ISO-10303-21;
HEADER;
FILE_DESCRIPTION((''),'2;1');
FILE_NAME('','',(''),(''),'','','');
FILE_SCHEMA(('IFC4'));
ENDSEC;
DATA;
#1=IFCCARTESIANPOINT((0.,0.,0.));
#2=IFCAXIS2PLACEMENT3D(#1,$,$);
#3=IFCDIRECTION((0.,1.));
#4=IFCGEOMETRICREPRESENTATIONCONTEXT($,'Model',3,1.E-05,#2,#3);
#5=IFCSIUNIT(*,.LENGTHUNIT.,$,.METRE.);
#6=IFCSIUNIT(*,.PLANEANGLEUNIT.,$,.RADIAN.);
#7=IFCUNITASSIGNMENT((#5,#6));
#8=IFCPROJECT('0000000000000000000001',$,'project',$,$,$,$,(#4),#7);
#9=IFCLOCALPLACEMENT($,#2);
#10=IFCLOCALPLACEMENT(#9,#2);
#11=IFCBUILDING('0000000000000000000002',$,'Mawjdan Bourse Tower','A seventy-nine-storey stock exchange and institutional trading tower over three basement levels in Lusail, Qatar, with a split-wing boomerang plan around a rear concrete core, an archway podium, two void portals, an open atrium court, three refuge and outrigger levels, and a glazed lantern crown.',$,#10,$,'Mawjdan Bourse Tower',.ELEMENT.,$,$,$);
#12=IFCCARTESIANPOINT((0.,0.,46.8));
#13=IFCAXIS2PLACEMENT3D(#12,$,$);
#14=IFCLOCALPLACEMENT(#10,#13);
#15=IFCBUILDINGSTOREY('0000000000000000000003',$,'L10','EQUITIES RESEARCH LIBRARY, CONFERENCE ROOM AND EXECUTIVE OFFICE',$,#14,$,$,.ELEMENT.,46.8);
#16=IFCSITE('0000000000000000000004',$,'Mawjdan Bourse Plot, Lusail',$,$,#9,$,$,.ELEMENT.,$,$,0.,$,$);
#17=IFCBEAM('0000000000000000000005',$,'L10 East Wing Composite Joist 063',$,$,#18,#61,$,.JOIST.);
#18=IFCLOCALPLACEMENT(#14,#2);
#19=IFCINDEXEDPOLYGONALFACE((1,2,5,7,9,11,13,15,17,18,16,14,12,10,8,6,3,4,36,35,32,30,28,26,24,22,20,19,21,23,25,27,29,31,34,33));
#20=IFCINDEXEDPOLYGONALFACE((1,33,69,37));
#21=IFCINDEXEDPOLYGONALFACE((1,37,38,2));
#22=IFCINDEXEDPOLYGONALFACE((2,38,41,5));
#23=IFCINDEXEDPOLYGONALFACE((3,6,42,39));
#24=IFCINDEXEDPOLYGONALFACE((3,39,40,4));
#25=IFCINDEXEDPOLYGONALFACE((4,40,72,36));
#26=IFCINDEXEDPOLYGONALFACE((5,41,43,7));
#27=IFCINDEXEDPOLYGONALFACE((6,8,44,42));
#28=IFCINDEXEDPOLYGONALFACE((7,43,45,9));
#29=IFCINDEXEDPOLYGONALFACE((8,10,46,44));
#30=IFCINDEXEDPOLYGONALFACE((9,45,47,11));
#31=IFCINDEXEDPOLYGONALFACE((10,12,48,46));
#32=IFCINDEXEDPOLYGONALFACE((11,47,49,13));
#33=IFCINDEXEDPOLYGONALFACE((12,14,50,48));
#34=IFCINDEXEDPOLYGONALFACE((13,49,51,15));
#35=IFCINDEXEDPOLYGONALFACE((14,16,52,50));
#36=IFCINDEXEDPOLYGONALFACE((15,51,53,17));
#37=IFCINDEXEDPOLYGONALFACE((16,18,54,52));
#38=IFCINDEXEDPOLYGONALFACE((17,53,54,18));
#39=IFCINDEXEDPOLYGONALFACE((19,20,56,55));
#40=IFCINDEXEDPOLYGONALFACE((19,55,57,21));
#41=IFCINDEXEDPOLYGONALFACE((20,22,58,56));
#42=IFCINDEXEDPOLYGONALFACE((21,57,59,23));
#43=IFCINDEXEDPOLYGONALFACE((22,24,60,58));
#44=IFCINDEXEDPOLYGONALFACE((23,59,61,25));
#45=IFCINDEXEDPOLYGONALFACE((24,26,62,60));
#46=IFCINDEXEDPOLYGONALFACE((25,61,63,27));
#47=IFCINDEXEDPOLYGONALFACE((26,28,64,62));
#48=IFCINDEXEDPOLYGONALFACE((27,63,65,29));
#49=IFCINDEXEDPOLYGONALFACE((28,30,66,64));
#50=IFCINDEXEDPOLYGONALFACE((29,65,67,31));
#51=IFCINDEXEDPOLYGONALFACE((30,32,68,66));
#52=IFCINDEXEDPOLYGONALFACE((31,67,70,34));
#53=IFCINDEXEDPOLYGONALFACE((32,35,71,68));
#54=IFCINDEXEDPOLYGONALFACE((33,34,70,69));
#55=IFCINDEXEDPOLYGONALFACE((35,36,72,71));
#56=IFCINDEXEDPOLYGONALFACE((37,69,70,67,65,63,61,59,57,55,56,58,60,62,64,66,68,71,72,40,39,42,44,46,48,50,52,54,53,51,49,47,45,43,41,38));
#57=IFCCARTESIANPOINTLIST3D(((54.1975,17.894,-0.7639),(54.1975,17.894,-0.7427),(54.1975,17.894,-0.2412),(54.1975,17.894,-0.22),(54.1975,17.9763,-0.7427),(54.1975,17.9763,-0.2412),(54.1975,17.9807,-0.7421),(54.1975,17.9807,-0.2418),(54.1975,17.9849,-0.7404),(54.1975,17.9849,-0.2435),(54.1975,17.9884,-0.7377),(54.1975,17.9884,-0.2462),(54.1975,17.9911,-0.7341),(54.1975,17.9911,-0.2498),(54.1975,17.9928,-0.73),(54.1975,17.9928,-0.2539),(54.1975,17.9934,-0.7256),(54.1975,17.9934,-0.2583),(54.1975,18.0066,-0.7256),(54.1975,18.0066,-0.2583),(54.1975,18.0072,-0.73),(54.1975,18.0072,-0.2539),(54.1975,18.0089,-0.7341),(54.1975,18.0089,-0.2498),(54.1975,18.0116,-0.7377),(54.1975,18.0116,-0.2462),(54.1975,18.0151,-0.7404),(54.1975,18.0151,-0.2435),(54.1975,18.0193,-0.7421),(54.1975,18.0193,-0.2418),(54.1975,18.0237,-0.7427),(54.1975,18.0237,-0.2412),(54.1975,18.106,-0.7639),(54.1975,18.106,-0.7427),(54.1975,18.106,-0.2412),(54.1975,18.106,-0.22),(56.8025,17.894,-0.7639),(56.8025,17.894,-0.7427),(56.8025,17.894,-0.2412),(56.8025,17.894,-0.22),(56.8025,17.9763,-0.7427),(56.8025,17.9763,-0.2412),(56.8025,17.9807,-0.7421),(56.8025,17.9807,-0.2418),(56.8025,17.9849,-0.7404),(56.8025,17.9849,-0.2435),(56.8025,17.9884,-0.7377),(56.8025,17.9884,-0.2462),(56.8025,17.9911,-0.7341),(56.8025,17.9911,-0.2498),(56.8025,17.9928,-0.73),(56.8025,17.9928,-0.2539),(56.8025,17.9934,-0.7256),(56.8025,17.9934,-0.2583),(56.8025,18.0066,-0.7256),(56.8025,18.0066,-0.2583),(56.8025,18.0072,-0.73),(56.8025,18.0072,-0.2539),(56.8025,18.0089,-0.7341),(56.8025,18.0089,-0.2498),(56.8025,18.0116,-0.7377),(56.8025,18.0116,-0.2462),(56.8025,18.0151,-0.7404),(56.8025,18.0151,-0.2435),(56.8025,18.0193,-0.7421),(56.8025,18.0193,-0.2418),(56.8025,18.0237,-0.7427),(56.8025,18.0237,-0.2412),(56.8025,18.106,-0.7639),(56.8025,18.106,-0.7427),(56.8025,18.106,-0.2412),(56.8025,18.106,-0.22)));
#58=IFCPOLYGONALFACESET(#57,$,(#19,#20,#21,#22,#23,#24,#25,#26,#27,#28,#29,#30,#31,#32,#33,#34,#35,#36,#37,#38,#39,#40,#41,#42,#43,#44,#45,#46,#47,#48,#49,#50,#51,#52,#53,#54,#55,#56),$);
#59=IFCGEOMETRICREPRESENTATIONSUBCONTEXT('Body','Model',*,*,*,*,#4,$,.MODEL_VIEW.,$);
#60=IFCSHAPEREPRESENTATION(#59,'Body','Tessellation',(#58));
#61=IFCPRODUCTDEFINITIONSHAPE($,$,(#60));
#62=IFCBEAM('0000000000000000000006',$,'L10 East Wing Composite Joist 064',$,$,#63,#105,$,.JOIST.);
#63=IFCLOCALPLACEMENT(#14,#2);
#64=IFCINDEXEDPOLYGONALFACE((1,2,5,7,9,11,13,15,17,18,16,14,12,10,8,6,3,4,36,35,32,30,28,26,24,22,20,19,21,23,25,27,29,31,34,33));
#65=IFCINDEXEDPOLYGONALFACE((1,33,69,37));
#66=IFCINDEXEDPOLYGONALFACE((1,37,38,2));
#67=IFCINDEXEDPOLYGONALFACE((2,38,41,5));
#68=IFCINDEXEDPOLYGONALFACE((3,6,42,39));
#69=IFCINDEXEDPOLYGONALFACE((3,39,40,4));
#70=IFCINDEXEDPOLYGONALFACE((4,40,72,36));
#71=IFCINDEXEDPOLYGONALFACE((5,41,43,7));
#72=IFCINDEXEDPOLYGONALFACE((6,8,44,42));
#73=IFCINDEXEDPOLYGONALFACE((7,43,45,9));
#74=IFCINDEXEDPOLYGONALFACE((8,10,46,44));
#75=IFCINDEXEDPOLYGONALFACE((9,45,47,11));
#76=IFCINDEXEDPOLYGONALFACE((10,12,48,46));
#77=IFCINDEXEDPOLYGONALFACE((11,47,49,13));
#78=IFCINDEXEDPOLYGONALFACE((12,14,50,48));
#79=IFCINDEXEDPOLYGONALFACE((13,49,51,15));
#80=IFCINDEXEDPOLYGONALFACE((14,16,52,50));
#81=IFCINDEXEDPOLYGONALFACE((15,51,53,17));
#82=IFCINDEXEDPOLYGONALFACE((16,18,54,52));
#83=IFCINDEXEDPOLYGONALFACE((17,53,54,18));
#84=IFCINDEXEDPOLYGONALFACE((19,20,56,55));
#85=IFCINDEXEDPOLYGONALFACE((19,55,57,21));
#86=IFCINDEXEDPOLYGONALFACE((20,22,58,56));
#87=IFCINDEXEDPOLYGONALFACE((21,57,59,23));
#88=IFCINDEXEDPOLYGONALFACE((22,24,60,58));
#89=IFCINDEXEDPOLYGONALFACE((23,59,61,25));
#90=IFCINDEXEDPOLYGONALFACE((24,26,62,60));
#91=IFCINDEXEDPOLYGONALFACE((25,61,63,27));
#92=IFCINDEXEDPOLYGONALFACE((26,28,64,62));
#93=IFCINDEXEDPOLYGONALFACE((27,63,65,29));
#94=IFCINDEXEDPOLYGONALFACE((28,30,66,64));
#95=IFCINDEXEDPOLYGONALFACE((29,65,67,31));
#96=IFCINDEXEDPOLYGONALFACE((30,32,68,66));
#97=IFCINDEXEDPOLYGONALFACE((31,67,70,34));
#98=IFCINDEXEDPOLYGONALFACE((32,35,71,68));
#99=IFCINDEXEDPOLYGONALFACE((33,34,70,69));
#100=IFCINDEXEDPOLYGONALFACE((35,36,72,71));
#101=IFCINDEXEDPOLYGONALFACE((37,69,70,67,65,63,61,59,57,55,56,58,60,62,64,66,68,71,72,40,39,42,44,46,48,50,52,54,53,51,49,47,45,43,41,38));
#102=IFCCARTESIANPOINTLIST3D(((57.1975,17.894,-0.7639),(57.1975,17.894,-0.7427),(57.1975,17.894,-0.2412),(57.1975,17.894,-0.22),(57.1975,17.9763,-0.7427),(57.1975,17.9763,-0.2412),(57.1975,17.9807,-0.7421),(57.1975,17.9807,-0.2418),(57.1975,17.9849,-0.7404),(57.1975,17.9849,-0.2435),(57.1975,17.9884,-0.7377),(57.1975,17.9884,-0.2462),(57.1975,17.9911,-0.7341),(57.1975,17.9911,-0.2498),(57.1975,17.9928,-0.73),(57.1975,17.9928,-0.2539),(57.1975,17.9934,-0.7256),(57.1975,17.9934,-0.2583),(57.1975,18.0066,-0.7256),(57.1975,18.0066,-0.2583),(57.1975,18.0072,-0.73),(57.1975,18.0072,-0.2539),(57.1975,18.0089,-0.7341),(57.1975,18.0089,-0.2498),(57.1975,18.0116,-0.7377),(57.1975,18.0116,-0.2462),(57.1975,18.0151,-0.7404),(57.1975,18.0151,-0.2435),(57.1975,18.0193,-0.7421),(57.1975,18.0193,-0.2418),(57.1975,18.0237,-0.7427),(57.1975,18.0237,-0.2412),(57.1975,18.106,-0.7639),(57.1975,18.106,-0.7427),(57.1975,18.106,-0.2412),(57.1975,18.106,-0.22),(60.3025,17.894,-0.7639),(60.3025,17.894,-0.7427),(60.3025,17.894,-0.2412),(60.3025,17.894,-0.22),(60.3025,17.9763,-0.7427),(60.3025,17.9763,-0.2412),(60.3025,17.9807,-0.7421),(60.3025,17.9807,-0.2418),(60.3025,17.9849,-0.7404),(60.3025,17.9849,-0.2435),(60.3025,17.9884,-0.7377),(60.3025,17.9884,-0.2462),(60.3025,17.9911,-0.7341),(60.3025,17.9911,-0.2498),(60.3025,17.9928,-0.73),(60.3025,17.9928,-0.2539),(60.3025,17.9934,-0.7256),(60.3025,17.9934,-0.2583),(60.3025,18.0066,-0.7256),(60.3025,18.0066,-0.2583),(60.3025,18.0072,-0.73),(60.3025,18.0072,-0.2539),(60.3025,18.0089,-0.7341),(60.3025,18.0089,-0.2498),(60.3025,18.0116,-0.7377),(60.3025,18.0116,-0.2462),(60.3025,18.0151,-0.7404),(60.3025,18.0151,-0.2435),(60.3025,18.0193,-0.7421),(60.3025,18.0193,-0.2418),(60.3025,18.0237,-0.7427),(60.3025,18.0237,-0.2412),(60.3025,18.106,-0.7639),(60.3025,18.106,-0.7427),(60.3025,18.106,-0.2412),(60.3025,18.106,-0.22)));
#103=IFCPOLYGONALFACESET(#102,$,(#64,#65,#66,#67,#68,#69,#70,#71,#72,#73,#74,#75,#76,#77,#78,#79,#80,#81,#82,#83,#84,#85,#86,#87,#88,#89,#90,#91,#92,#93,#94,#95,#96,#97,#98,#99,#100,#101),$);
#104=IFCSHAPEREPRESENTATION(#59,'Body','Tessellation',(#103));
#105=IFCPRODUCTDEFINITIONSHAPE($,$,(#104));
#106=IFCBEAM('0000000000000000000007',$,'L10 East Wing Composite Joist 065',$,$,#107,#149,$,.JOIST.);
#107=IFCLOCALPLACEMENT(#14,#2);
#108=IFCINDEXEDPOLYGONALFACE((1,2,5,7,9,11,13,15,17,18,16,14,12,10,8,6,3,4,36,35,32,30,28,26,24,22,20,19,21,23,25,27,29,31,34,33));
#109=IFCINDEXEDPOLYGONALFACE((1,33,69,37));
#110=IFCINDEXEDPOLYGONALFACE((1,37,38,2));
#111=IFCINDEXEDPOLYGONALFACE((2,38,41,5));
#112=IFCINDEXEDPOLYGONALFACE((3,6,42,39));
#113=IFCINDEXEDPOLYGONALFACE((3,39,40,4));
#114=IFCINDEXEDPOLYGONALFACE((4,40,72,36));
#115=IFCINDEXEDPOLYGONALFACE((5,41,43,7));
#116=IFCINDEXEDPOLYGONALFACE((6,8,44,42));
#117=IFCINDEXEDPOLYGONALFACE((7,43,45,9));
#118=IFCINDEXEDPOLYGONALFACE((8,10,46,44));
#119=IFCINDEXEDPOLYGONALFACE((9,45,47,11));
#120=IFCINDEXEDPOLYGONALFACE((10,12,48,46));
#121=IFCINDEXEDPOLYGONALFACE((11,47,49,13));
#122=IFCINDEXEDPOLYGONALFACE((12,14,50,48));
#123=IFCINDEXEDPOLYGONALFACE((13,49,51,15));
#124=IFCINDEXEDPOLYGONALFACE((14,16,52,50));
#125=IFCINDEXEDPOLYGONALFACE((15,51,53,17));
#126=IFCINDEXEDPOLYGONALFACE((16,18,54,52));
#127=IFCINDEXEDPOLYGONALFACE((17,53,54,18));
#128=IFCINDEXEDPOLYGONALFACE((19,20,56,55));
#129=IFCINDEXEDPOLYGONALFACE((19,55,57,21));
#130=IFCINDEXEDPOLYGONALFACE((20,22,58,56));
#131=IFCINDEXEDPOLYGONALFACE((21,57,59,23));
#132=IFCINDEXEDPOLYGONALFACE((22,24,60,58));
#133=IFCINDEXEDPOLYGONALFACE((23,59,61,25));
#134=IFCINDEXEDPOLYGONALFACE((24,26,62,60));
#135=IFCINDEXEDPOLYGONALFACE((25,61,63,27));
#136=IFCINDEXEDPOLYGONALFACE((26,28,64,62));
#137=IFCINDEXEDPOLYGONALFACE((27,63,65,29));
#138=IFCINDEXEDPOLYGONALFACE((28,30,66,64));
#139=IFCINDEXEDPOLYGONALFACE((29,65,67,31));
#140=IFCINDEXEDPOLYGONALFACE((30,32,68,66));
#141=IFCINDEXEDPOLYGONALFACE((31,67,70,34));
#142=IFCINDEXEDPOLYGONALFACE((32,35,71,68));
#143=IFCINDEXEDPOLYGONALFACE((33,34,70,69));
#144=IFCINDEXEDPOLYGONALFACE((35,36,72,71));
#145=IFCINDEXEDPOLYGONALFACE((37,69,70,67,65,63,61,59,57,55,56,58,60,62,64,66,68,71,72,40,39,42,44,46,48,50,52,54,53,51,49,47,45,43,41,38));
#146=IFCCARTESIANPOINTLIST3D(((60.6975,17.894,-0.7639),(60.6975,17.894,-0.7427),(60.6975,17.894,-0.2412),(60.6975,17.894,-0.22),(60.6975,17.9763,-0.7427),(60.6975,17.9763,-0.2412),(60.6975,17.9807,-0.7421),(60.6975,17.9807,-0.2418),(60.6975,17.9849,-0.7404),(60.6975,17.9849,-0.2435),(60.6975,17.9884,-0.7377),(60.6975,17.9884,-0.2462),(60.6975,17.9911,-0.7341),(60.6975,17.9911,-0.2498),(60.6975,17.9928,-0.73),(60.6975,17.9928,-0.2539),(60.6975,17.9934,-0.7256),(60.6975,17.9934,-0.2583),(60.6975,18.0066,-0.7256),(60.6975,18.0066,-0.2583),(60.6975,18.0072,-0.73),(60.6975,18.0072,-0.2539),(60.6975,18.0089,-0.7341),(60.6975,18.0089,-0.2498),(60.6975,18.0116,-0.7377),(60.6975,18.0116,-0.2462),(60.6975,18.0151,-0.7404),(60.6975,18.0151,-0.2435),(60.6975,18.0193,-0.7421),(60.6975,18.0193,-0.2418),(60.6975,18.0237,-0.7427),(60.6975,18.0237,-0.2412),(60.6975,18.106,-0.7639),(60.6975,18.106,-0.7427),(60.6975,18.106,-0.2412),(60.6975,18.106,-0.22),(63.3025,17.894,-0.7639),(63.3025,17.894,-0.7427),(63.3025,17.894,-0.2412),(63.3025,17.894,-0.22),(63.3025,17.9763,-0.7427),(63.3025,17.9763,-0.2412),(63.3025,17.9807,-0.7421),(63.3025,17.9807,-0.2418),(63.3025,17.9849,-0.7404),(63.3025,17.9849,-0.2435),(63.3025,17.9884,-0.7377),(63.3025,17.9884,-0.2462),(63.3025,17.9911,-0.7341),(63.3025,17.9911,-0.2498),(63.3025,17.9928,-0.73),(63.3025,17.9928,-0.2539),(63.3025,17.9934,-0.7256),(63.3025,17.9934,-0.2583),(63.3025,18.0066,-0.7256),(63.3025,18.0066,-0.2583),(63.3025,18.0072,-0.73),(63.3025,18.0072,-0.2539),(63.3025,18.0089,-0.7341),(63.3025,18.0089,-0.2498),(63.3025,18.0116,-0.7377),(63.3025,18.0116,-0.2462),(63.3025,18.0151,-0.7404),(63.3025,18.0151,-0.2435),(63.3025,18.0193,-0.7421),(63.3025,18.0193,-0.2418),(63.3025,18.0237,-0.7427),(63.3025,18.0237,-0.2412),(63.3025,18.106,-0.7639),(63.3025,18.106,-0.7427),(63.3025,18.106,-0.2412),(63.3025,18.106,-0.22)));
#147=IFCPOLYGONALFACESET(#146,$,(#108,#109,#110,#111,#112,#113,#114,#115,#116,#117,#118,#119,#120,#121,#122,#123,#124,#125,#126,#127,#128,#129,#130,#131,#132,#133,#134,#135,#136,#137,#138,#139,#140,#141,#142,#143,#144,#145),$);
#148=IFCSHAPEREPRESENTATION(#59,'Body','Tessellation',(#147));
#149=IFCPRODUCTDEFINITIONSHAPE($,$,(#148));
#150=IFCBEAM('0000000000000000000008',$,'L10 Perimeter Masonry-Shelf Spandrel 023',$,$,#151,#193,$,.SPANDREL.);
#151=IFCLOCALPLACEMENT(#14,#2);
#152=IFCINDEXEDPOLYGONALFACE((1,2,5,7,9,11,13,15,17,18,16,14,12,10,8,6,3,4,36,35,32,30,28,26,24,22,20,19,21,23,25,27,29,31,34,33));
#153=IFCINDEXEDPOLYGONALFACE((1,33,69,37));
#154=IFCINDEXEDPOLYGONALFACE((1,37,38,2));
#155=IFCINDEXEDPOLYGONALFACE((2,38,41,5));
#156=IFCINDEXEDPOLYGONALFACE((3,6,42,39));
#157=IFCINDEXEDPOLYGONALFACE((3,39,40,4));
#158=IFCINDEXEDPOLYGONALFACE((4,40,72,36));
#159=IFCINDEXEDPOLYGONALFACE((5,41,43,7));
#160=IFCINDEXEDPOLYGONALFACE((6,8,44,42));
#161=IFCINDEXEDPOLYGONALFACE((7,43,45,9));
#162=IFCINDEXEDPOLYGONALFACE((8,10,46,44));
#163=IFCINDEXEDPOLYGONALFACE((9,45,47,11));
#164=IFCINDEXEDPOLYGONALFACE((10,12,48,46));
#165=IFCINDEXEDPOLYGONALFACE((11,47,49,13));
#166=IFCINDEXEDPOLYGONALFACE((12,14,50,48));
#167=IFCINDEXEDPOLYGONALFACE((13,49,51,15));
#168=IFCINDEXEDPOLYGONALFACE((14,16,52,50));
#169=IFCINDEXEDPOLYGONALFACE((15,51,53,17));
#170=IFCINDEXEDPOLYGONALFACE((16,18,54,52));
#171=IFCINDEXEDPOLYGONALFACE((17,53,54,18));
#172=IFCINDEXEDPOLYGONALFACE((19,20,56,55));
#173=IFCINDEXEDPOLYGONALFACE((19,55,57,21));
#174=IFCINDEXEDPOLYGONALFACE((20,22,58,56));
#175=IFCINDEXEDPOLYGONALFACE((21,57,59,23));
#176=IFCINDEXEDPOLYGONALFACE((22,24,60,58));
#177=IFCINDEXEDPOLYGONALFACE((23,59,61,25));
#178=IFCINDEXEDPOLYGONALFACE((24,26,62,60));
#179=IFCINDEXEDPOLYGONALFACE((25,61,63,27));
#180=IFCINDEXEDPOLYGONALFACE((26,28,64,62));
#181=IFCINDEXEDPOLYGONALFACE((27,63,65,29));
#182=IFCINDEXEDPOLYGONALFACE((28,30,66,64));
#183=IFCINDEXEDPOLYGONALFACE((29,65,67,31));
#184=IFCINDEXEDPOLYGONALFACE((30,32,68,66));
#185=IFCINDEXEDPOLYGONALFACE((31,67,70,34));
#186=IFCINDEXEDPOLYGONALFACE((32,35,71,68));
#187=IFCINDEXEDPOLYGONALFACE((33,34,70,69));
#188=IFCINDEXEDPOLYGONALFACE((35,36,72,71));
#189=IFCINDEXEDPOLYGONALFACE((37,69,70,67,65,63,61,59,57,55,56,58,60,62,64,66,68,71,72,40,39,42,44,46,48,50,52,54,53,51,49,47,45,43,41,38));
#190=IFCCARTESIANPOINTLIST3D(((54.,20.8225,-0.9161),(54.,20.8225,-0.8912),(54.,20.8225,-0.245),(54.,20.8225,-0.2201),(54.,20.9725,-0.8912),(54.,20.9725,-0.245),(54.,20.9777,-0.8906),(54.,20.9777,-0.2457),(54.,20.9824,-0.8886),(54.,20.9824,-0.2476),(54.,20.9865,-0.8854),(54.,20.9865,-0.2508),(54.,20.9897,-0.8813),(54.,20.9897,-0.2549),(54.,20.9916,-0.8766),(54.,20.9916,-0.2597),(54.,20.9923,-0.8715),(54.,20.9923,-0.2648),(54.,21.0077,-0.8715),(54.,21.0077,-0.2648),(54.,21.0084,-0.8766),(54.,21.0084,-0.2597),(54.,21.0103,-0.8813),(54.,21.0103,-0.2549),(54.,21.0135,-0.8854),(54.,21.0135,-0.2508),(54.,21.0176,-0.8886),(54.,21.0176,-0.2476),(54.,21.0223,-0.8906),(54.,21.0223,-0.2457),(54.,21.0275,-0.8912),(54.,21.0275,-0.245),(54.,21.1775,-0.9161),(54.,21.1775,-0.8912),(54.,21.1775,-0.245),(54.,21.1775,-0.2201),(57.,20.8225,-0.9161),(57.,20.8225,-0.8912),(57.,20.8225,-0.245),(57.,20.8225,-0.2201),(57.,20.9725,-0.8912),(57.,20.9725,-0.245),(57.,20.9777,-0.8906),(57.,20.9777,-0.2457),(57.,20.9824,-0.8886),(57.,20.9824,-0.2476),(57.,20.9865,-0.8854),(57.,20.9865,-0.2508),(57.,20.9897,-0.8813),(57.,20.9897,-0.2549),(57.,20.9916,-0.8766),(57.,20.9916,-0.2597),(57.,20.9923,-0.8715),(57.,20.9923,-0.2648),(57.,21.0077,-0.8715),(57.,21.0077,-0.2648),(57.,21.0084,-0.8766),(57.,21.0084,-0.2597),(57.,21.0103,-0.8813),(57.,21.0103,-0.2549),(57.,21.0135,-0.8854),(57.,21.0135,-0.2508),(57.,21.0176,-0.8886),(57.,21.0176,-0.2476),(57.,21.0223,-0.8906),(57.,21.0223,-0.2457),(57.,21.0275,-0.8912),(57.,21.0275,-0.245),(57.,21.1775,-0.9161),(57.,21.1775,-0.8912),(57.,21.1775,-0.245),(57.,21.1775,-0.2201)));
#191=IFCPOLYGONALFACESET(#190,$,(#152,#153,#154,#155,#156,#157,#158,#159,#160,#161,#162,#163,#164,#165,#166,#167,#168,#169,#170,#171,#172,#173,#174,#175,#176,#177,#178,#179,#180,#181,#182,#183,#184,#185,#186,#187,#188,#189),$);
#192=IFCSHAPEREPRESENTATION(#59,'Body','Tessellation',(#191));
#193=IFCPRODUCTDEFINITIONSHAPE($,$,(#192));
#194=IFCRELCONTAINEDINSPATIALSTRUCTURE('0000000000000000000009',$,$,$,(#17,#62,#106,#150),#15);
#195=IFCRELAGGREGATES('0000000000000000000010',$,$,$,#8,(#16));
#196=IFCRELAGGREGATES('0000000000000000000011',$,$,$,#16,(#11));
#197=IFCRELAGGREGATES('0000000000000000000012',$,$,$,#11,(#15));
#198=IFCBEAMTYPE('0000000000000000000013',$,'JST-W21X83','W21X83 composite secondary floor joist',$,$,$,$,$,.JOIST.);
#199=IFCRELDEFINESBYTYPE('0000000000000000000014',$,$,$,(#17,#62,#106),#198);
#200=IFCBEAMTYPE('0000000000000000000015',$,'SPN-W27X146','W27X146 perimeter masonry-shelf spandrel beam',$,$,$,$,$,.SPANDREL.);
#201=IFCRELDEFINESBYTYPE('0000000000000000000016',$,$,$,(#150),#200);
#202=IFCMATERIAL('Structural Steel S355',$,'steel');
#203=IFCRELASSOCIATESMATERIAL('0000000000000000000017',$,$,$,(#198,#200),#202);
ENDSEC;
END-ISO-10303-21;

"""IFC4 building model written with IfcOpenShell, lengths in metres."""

from ifc_helpers import new_model, si_unit, direction, frame, origin, origin_2d, place, context, subcontext, project, spatial, i_section, extrude, material, material_profile, profile_set, type_object, element, save


model = new_model("IFC4")

# Units and contexts
model_context = context("Model", 3, precision=1e-05, world=origin(), true_north=direction((0.0, 1.0)))
body_context = subcontext(model_context, "Body", "Model", "MODEL_VIEW")
ifc_project = project(units=[si_unit("LENGTHUNIT", "METRE"), si_unit("PLANEANGLEUNIT", "RADIAN")], contexts=[model_context])

# Site, building, storey
site_placement = place(None, origin())
site = spatial("IfcSite", under=ifc_project, at=site_placement, Name="Mawjdan Bourse Plot, Lusail", CompositionType="ELEMENT", RefElevation=0.0)
building_placement = place(site_placement, origin())
building = spatial("IfcBuilding", under=site, at=building_placement, Name="Mawjdan Bourse Tower", Description="A seventy-nine-storey stock exchange and institutional trading tower over three basement levels in Lusail, Qatar, with a split-wing boomerang plan around a rear concrete core, an archway podium, two void portals, an open atrium court, three refuge and outrigger levels, and a glazed lantern crown.", LongName="Mawjdan Bourse Tower", CompositionType="ELEMENT")
storey_placement = place(building_placement, frame((0.0, 0.0, 46.8)))
storey = spatial("IfcBuildingStorey", under=building, at=storey_placement, Name="L10", Description="EQUITIES RESEARCH LIBRARY, CONFERENCE ROOM AND EXECUTIVE OFFICE", CompositionType="ELEMENT", Elevation=46.8)

# Beams
ifc_material_1 = material(Name="Structural Steel S355", Category="steel")
ifc_material_profile_1 = material_profile(ifc_material_1, i_section(OverallWidth=0.2119, OverallDepth=0.5439, WebThickness=0.0132, FlangeThickness=0.0212, FilletRadius=0.0171, at=origin_2d()), Name="W21X83")
ifc_profile_set_1 = profile_set([ifc_material_profile_1], Name="Structural Steel S355")
beam_type_1 = type_object("IfcBeamType", Name="JST-W21X83", Description="W21X83 composite secondary floor joist", PredefinedType="JOIST", material=ifc_profile_set_1)
for number, where, z_axis, x_axis, name in (
    (1, (54.1975, 18.0, -0.4919), (1.0, 0.0, 0.0), (0.0, 1.0, 0.0), "L10 East Wing Composite Joist 063"),
):
    element("IfcBeam", number, at=place(storey_placement, frame(where, z_axis=z_axis, x_axis=x_axis)), inside=storey, type_object=beam_type_1, Name=name, PredefinedType="JOIST", context=body_context, shape_type="SweptSolid", body=[
        extrude(i_section(OverallWidth=0.2119, OverallDepth=0.5439, WebThickness=0.0132, FlangeThickness=0.0212, FilletRadius=0.0171, at=origin_2d()), origin(), (0.0, 0.0, 1.0), 2.605),
    ])
beam_1_placement = place(storey_placement, frame((57.1975, 18.0, -0.4919), z_axis=(1.0, 0.0, 0.0), x_axis=(0.0, 1.0, 0.0)))
element("IfcBeam", 2, at=beam_1_placement, inside=storey, type_object=beam_type_1, Name="L10 East Wing Composite Joist 064", PredefinedType="JOIST", context=body_context, shape_type="SweptSolid", body=[
    extrude(i_section(OverallWidth=0.2119, OverallDepth=0.5439, WebThickness=0.0132, FlangeThickness=0.0212, FilletRadius=0.0171, at=origin_2d()), origin(), (0.0, 0.0, 1.0), 3.105),
])
beam_2_placement = place(storey_placement, frame((60.6975, 18.0, -0.4919), z_axis=(1.0, 0.0, 0.0), x_axis=(0.0, 1.0, 0.0)))
element("IfcBeam", 3, at=beam_2_placement, inside=storey, type_object=beam_type_1, Name="L10 East Wing Composite Joist 065", PredefinedType="JOIST", context=body_context, shape_type="SweptSolid", body=[
    extrude(i_section(OverallWidth=0.2119, OverallDepth=0.5439, WebThickness=0.0132, FlangeThickness=0.0212, FilletRadius=0.0171, at=origin_2d()), origin(), (0.0, 0.0, 1.0), 2.605),
])
ifc_material_profile_2 = material_profile(ifc_material_1, i_section(OverallWidth=0.355, OverallDepth=0.696, WebThickness=0.0154, FlangeThickness=0.0249, FilletRadius=0.0198, at=origin_2d()), Name="W27X146")
ifc_profile_set_2 = profile_set([ifc_material_profile_2], Name="Structural Steel S355")
beam_type_2 = type_object("IfcBeamType", Name="SPN-W27X146", Description="W27X146 perimeter masonry-shelf spandrel beam", PredefinedType="SPANDREL", material=ifc_profile_set_2)
beam_3_placement = place(storey_placement, frame((54.0, 21.0, -0.5681), z_axis=(1.0, 0.0, 0.0), x_axis=(0.0, 1.0, 0.0)))
element("IfcBeam", 4, at=beam_3_placement, inside=storey, type_object=beam_type_2, Name="L10 Perimeter Masonry-Shelf Spandrel 023", PredefinedType="SPANDREL", context=body_context, shape_type="SweptSolid", body=[
    extrude(i_section(OverallWidth=0.355, OverallDepth=0.696, WebThickness=0.0154, FlangeThickness=0.0249, FilletRadius=0.0198, at=origin_2d()), origin(), (0.0, 0.0, 1.0), 3.0),
])

save(model, "model.ifc")
